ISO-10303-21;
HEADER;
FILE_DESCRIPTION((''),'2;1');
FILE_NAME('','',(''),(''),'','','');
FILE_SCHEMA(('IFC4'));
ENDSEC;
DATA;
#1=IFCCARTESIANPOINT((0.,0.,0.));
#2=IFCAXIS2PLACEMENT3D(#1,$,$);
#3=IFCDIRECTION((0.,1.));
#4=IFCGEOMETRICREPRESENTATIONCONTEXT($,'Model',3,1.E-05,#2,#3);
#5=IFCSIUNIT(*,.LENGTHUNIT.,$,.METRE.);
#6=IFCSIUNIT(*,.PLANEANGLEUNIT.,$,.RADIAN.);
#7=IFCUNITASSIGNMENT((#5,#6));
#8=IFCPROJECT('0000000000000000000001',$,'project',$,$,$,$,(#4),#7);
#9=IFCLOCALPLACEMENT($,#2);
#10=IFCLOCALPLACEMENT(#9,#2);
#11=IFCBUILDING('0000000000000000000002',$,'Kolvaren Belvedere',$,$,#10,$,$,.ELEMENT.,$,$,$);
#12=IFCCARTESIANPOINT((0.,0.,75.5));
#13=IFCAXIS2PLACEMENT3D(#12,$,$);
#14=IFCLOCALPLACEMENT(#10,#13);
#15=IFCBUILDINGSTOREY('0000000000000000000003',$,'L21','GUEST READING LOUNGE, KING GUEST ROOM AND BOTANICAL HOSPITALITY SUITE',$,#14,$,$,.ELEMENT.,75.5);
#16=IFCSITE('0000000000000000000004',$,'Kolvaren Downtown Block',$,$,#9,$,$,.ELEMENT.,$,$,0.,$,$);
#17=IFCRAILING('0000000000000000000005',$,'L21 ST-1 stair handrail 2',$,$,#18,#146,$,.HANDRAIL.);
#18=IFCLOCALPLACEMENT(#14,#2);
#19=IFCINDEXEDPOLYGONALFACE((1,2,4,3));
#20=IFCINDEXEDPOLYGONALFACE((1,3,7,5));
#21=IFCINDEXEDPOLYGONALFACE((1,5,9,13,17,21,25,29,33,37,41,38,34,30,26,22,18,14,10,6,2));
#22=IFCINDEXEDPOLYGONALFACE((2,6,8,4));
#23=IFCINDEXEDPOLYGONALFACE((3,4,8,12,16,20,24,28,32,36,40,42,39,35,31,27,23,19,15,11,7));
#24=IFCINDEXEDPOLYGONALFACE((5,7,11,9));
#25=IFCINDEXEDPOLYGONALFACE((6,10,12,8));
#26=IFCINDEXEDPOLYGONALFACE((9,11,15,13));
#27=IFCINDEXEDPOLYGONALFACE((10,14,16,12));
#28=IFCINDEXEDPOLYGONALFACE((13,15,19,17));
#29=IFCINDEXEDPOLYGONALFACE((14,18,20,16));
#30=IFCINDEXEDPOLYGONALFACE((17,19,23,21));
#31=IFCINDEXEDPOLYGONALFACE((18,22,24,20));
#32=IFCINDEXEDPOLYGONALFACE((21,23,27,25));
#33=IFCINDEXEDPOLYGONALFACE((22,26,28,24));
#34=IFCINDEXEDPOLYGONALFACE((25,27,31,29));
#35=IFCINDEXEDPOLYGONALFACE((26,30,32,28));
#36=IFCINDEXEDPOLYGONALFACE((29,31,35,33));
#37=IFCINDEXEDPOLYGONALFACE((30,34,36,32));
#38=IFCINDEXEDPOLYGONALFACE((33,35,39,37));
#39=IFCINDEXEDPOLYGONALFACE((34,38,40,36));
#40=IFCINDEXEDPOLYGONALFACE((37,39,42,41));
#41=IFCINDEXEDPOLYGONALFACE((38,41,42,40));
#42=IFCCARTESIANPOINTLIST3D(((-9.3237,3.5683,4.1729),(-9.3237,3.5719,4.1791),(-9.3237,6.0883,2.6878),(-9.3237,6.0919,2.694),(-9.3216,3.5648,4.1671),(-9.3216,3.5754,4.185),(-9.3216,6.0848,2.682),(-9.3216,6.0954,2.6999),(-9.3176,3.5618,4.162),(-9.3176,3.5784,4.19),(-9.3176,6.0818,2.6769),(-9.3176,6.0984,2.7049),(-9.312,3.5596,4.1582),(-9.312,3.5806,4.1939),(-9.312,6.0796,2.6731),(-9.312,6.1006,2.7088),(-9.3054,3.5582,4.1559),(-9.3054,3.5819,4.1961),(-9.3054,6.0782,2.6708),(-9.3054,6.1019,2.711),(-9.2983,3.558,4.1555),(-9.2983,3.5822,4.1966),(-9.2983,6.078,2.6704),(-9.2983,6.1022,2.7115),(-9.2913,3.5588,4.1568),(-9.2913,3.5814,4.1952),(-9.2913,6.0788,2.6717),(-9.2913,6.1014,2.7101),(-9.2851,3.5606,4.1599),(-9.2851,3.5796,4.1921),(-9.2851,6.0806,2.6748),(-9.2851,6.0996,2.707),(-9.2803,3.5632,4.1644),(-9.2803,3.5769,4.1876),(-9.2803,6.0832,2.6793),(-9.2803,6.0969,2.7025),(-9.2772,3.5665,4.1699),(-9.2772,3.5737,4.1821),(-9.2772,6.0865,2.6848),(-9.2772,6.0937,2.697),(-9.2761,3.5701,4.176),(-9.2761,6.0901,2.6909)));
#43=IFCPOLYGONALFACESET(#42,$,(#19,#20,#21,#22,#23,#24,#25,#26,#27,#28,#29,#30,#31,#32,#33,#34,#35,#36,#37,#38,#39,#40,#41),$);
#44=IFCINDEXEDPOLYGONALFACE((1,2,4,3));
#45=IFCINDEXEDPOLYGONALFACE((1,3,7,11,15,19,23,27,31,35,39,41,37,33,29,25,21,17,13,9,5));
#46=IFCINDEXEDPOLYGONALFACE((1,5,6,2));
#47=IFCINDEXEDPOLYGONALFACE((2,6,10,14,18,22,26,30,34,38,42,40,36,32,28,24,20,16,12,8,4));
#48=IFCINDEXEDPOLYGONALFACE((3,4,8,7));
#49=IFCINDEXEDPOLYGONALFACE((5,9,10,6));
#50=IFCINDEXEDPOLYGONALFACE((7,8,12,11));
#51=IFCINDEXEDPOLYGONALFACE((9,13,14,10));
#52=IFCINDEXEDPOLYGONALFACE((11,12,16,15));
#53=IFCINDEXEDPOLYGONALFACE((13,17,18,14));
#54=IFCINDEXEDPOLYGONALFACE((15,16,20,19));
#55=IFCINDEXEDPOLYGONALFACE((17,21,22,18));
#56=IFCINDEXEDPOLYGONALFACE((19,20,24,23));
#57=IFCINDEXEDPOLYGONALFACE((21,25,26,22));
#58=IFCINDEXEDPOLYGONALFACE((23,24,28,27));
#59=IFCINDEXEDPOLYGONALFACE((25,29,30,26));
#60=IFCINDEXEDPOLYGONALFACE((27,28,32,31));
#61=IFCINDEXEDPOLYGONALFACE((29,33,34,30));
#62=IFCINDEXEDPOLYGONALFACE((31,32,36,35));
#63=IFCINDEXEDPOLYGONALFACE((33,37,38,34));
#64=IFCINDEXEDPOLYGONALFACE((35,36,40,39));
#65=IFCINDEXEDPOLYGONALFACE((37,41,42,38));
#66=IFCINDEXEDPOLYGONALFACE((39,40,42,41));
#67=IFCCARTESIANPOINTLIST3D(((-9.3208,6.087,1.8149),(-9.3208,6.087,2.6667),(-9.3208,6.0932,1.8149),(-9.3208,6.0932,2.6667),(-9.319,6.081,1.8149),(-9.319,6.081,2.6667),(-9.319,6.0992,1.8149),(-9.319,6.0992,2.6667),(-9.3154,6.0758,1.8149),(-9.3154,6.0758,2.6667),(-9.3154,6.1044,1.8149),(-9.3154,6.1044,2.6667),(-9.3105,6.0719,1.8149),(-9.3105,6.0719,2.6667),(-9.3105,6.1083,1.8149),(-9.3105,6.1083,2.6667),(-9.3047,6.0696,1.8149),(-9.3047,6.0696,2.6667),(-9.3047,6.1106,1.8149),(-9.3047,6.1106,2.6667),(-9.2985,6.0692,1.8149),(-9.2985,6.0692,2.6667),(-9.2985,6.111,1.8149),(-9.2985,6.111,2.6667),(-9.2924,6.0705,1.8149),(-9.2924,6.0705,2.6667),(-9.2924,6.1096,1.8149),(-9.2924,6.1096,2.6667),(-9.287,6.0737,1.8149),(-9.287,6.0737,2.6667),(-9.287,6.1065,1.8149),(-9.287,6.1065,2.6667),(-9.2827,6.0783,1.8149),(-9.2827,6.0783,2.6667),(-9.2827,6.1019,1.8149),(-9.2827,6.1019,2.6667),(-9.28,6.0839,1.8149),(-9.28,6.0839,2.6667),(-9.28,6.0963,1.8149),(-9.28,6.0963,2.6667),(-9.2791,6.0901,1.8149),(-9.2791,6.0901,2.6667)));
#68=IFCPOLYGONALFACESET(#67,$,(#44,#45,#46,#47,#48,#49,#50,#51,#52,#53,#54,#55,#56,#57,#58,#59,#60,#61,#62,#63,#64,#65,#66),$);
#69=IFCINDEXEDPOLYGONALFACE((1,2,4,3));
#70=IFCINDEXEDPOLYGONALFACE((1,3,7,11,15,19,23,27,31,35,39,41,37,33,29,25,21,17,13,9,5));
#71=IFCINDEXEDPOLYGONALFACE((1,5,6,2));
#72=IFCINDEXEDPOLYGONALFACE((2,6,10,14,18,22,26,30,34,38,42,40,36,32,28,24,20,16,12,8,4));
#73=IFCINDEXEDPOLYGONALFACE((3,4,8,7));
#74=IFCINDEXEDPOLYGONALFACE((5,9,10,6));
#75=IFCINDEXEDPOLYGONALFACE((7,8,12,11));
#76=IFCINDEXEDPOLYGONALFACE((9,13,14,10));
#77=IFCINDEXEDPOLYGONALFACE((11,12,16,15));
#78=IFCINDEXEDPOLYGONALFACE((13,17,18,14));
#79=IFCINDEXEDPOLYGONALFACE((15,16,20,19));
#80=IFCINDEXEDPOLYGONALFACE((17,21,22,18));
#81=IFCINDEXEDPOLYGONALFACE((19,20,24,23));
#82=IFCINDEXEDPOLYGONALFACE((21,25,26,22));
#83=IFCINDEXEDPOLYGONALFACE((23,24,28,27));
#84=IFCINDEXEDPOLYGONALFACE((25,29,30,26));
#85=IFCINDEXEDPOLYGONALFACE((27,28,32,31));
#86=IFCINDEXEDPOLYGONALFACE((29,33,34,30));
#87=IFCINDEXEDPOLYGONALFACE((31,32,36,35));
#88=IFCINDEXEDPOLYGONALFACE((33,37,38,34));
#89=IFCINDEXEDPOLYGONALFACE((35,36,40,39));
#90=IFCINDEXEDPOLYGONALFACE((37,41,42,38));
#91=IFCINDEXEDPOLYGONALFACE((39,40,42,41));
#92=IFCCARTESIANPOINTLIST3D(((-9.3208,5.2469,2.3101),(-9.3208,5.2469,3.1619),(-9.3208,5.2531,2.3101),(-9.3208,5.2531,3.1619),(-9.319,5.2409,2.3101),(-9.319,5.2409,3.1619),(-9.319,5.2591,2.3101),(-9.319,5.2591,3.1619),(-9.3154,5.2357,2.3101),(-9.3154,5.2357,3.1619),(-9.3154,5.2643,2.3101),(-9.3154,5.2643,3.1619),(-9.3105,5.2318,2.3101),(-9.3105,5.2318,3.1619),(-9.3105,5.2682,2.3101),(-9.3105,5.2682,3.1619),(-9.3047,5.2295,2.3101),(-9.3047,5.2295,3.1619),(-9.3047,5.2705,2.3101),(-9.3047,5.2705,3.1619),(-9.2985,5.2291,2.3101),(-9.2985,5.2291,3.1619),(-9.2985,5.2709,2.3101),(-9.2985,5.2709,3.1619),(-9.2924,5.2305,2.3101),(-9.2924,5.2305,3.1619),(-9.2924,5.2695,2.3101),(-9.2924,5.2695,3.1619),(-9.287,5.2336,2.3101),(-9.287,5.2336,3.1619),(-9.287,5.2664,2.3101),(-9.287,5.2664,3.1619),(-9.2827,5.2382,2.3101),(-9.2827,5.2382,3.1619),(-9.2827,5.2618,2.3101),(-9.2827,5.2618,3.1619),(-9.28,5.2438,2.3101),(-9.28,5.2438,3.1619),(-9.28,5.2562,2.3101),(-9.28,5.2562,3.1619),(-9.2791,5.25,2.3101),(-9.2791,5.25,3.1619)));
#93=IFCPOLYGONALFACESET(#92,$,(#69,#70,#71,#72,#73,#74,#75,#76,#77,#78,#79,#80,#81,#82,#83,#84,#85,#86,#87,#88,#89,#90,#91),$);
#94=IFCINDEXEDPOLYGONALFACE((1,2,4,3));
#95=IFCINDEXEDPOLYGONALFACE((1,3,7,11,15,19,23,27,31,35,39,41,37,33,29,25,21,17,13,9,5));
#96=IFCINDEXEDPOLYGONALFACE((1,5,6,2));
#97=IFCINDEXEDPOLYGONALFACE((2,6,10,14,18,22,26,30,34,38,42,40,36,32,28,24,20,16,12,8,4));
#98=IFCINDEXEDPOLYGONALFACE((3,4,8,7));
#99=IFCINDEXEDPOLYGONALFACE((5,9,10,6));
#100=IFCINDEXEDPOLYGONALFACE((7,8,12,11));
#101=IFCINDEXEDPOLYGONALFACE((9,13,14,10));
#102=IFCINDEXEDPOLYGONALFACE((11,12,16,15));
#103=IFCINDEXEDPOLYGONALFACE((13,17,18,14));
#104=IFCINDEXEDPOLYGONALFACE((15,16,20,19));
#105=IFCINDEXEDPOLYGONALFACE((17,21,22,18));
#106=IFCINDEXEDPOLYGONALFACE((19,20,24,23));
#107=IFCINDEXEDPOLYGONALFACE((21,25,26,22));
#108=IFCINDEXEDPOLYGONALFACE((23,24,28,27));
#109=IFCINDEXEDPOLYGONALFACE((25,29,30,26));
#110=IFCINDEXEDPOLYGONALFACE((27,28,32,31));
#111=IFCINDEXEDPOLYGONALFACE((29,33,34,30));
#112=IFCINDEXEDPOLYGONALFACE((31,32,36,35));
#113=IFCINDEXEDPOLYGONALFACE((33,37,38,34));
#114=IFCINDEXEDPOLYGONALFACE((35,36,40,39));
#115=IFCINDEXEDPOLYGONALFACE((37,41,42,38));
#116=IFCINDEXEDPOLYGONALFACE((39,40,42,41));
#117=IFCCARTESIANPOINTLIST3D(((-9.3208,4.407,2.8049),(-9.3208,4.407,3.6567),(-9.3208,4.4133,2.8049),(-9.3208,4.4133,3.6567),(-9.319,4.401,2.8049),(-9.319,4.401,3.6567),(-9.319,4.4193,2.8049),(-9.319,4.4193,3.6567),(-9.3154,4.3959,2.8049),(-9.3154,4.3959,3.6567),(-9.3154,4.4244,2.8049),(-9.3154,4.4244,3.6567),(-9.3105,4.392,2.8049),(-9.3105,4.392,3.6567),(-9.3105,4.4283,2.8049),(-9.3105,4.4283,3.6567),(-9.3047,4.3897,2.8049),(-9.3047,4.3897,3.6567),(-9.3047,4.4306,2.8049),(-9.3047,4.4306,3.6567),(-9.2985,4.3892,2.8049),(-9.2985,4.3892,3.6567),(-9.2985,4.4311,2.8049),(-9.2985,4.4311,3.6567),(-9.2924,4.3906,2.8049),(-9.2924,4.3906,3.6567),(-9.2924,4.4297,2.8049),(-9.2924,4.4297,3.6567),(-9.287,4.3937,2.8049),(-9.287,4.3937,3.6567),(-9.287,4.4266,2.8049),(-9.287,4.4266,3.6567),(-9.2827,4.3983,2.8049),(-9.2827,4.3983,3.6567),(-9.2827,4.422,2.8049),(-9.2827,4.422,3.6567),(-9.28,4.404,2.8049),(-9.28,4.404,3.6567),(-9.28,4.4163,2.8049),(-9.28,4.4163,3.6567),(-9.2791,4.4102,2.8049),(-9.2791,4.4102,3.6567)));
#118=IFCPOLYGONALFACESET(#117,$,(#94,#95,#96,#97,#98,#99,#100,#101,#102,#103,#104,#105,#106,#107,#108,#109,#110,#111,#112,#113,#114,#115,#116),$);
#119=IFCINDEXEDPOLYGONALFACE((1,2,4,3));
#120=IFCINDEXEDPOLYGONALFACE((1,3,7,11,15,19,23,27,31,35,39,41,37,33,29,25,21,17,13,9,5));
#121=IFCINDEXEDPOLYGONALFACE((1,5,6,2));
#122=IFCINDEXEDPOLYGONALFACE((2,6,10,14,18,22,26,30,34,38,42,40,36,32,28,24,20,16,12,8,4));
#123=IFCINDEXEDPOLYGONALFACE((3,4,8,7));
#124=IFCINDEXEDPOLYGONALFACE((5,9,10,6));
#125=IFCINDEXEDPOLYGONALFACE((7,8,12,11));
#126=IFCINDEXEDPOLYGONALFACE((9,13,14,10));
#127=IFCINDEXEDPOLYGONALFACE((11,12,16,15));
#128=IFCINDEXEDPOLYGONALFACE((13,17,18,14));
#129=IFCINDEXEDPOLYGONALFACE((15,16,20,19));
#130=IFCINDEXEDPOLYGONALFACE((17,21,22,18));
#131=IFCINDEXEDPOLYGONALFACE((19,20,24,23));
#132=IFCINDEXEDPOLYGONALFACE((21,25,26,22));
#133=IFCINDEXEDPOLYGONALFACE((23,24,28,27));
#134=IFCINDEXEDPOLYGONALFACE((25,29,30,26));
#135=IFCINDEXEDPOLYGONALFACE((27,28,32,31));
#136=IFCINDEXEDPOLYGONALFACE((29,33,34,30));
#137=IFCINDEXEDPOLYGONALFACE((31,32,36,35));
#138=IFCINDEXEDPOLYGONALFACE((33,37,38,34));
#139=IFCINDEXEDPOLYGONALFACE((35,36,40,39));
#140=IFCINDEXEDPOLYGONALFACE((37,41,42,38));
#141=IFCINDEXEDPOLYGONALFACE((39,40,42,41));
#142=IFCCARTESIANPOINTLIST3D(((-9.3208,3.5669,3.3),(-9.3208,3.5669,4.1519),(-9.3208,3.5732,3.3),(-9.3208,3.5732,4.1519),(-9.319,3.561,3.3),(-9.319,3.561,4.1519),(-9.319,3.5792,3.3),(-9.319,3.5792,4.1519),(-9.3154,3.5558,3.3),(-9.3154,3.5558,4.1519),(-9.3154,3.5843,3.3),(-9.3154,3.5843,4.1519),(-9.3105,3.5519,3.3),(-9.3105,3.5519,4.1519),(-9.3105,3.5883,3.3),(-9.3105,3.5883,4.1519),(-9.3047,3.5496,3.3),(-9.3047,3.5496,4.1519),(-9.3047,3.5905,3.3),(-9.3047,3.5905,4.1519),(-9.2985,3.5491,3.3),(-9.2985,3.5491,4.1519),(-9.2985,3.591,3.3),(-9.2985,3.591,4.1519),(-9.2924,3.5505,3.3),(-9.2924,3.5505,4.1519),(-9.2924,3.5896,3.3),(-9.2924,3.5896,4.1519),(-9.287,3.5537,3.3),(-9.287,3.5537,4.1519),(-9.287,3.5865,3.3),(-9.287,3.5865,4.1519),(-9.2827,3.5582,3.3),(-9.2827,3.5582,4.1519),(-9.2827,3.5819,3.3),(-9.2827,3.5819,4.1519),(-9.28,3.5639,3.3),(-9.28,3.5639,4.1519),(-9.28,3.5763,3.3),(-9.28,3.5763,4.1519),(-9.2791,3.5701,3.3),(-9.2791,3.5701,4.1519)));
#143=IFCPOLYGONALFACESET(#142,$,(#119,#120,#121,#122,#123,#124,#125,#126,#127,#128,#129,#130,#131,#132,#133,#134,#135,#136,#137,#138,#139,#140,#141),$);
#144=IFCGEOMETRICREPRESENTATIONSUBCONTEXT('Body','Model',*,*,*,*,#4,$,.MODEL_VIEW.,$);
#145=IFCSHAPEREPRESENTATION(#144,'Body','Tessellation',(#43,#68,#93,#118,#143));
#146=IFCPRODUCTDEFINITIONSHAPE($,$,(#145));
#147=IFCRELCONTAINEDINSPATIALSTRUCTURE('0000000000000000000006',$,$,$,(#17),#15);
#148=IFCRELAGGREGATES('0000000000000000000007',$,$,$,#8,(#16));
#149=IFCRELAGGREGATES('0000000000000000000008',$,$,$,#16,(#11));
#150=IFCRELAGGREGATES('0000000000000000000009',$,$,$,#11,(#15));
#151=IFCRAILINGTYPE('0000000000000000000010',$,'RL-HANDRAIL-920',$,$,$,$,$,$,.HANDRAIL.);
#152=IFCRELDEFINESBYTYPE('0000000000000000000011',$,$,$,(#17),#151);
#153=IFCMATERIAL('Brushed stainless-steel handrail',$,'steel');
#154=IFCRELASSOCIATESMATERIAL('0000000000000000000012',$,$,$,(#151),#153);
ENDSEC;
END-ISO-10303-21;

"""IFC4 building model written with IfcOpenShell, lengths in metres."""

from ifc_helpers import new_model, si_unit, direction, frame, origin, origin_2d, place, context, subcontext, project, spatial, circle, extrude, material, type_object, element, save


model = new_model("IFC4")

# Units and contexts
model_context = context("Model", 3, precision=1e-05, world=origin(), true_north=direction((0.0, 1.0)))
body_context = subcontext(model_context, "Body", "Model", "MODEL_VIEW")
ifc_project = project(units=[si_unit("LENGTHUNIT", "METRE"), si_unit("PLANEANGLEUNIT", "RADIAN")], contexts=[model_context])

# Site, building, storey
site_placement = place(None, origin())
site = spatial("IfcSite", under=ifc_project, at=site_placement, Name="Kolvaren Downtown Block", CompositionType="ELEMENT", RefElevation=0.0)
building_placement = place(site_placement, origin())
building = spatial("IfcBuilding", under=site, at=building_placement, Name="Kolvaren Belvedere", CompositionType="ELEMENT")
storey_placement = place(building_placement, frame((0.0, 0.0, 75.5)))
storey = spatial("IfcBuildingStorey", under=building, at=storey_placement, Name="L21", Description="GUEST READING LOUNGE, KING GUEST ROOM AND BOTANICAL HOSPITALITY SUITE", CompositionType="ELEMENT", Elevation=75.5)

# Railing
ifc_material_1 = material(Name="Brushed stainless-steel handrail", Category="steel")
railing_type_1 = type_object("IfcRailingType", Name="RL-HANDRAIL-920", PredefinedType="HANDRAIL", material=ifc_material_1)
railing_1_placement = place(storey_placement, frame((-9.3, 6.0901, 1.8149)))
element("IfcRailing", 1, at=railing_1_placement, inside=storey, type_object=railing_type_1, Name="L21 ST-1 stair handrail 2", PredefinedType="HANDRAIL", context=body_context, shape_type="SweptSolid", body=[
    extrude(circle(Radius=0.0239, at=origin_2d()), frame((0.0, 0.0, 0.876), z_axis=(0.0, -0.861524, 0.507717), x_axis=(1.0, 0.0, 0.0)), (0.0, 0.0, 1.0), 2.925),
    extrude(circle(Radius=0.021, at=origin_2d()), origin(), (0.0, 0.0, 1.0), 0.8518),
    extrude(circle(Radius=0.021, at=origin_2d()), frame((0.0, -0.8401, 0.4951)), (0.0, 0.0, 1.0), 0.8518),
    extrude(circle(Radius=0.021, at=origin_2d()), frame((0.0, -1.6799, 0.99)), (0.0, 0.0, 1.0), 0.8518),
    extrude(circle(Radius=0.021, at=origin_2d()), frame((0.0, -2.52, 1.4851)), (0.0, 0.0, 1.0), 0.8518),
])

save(model, "model.ifc")
